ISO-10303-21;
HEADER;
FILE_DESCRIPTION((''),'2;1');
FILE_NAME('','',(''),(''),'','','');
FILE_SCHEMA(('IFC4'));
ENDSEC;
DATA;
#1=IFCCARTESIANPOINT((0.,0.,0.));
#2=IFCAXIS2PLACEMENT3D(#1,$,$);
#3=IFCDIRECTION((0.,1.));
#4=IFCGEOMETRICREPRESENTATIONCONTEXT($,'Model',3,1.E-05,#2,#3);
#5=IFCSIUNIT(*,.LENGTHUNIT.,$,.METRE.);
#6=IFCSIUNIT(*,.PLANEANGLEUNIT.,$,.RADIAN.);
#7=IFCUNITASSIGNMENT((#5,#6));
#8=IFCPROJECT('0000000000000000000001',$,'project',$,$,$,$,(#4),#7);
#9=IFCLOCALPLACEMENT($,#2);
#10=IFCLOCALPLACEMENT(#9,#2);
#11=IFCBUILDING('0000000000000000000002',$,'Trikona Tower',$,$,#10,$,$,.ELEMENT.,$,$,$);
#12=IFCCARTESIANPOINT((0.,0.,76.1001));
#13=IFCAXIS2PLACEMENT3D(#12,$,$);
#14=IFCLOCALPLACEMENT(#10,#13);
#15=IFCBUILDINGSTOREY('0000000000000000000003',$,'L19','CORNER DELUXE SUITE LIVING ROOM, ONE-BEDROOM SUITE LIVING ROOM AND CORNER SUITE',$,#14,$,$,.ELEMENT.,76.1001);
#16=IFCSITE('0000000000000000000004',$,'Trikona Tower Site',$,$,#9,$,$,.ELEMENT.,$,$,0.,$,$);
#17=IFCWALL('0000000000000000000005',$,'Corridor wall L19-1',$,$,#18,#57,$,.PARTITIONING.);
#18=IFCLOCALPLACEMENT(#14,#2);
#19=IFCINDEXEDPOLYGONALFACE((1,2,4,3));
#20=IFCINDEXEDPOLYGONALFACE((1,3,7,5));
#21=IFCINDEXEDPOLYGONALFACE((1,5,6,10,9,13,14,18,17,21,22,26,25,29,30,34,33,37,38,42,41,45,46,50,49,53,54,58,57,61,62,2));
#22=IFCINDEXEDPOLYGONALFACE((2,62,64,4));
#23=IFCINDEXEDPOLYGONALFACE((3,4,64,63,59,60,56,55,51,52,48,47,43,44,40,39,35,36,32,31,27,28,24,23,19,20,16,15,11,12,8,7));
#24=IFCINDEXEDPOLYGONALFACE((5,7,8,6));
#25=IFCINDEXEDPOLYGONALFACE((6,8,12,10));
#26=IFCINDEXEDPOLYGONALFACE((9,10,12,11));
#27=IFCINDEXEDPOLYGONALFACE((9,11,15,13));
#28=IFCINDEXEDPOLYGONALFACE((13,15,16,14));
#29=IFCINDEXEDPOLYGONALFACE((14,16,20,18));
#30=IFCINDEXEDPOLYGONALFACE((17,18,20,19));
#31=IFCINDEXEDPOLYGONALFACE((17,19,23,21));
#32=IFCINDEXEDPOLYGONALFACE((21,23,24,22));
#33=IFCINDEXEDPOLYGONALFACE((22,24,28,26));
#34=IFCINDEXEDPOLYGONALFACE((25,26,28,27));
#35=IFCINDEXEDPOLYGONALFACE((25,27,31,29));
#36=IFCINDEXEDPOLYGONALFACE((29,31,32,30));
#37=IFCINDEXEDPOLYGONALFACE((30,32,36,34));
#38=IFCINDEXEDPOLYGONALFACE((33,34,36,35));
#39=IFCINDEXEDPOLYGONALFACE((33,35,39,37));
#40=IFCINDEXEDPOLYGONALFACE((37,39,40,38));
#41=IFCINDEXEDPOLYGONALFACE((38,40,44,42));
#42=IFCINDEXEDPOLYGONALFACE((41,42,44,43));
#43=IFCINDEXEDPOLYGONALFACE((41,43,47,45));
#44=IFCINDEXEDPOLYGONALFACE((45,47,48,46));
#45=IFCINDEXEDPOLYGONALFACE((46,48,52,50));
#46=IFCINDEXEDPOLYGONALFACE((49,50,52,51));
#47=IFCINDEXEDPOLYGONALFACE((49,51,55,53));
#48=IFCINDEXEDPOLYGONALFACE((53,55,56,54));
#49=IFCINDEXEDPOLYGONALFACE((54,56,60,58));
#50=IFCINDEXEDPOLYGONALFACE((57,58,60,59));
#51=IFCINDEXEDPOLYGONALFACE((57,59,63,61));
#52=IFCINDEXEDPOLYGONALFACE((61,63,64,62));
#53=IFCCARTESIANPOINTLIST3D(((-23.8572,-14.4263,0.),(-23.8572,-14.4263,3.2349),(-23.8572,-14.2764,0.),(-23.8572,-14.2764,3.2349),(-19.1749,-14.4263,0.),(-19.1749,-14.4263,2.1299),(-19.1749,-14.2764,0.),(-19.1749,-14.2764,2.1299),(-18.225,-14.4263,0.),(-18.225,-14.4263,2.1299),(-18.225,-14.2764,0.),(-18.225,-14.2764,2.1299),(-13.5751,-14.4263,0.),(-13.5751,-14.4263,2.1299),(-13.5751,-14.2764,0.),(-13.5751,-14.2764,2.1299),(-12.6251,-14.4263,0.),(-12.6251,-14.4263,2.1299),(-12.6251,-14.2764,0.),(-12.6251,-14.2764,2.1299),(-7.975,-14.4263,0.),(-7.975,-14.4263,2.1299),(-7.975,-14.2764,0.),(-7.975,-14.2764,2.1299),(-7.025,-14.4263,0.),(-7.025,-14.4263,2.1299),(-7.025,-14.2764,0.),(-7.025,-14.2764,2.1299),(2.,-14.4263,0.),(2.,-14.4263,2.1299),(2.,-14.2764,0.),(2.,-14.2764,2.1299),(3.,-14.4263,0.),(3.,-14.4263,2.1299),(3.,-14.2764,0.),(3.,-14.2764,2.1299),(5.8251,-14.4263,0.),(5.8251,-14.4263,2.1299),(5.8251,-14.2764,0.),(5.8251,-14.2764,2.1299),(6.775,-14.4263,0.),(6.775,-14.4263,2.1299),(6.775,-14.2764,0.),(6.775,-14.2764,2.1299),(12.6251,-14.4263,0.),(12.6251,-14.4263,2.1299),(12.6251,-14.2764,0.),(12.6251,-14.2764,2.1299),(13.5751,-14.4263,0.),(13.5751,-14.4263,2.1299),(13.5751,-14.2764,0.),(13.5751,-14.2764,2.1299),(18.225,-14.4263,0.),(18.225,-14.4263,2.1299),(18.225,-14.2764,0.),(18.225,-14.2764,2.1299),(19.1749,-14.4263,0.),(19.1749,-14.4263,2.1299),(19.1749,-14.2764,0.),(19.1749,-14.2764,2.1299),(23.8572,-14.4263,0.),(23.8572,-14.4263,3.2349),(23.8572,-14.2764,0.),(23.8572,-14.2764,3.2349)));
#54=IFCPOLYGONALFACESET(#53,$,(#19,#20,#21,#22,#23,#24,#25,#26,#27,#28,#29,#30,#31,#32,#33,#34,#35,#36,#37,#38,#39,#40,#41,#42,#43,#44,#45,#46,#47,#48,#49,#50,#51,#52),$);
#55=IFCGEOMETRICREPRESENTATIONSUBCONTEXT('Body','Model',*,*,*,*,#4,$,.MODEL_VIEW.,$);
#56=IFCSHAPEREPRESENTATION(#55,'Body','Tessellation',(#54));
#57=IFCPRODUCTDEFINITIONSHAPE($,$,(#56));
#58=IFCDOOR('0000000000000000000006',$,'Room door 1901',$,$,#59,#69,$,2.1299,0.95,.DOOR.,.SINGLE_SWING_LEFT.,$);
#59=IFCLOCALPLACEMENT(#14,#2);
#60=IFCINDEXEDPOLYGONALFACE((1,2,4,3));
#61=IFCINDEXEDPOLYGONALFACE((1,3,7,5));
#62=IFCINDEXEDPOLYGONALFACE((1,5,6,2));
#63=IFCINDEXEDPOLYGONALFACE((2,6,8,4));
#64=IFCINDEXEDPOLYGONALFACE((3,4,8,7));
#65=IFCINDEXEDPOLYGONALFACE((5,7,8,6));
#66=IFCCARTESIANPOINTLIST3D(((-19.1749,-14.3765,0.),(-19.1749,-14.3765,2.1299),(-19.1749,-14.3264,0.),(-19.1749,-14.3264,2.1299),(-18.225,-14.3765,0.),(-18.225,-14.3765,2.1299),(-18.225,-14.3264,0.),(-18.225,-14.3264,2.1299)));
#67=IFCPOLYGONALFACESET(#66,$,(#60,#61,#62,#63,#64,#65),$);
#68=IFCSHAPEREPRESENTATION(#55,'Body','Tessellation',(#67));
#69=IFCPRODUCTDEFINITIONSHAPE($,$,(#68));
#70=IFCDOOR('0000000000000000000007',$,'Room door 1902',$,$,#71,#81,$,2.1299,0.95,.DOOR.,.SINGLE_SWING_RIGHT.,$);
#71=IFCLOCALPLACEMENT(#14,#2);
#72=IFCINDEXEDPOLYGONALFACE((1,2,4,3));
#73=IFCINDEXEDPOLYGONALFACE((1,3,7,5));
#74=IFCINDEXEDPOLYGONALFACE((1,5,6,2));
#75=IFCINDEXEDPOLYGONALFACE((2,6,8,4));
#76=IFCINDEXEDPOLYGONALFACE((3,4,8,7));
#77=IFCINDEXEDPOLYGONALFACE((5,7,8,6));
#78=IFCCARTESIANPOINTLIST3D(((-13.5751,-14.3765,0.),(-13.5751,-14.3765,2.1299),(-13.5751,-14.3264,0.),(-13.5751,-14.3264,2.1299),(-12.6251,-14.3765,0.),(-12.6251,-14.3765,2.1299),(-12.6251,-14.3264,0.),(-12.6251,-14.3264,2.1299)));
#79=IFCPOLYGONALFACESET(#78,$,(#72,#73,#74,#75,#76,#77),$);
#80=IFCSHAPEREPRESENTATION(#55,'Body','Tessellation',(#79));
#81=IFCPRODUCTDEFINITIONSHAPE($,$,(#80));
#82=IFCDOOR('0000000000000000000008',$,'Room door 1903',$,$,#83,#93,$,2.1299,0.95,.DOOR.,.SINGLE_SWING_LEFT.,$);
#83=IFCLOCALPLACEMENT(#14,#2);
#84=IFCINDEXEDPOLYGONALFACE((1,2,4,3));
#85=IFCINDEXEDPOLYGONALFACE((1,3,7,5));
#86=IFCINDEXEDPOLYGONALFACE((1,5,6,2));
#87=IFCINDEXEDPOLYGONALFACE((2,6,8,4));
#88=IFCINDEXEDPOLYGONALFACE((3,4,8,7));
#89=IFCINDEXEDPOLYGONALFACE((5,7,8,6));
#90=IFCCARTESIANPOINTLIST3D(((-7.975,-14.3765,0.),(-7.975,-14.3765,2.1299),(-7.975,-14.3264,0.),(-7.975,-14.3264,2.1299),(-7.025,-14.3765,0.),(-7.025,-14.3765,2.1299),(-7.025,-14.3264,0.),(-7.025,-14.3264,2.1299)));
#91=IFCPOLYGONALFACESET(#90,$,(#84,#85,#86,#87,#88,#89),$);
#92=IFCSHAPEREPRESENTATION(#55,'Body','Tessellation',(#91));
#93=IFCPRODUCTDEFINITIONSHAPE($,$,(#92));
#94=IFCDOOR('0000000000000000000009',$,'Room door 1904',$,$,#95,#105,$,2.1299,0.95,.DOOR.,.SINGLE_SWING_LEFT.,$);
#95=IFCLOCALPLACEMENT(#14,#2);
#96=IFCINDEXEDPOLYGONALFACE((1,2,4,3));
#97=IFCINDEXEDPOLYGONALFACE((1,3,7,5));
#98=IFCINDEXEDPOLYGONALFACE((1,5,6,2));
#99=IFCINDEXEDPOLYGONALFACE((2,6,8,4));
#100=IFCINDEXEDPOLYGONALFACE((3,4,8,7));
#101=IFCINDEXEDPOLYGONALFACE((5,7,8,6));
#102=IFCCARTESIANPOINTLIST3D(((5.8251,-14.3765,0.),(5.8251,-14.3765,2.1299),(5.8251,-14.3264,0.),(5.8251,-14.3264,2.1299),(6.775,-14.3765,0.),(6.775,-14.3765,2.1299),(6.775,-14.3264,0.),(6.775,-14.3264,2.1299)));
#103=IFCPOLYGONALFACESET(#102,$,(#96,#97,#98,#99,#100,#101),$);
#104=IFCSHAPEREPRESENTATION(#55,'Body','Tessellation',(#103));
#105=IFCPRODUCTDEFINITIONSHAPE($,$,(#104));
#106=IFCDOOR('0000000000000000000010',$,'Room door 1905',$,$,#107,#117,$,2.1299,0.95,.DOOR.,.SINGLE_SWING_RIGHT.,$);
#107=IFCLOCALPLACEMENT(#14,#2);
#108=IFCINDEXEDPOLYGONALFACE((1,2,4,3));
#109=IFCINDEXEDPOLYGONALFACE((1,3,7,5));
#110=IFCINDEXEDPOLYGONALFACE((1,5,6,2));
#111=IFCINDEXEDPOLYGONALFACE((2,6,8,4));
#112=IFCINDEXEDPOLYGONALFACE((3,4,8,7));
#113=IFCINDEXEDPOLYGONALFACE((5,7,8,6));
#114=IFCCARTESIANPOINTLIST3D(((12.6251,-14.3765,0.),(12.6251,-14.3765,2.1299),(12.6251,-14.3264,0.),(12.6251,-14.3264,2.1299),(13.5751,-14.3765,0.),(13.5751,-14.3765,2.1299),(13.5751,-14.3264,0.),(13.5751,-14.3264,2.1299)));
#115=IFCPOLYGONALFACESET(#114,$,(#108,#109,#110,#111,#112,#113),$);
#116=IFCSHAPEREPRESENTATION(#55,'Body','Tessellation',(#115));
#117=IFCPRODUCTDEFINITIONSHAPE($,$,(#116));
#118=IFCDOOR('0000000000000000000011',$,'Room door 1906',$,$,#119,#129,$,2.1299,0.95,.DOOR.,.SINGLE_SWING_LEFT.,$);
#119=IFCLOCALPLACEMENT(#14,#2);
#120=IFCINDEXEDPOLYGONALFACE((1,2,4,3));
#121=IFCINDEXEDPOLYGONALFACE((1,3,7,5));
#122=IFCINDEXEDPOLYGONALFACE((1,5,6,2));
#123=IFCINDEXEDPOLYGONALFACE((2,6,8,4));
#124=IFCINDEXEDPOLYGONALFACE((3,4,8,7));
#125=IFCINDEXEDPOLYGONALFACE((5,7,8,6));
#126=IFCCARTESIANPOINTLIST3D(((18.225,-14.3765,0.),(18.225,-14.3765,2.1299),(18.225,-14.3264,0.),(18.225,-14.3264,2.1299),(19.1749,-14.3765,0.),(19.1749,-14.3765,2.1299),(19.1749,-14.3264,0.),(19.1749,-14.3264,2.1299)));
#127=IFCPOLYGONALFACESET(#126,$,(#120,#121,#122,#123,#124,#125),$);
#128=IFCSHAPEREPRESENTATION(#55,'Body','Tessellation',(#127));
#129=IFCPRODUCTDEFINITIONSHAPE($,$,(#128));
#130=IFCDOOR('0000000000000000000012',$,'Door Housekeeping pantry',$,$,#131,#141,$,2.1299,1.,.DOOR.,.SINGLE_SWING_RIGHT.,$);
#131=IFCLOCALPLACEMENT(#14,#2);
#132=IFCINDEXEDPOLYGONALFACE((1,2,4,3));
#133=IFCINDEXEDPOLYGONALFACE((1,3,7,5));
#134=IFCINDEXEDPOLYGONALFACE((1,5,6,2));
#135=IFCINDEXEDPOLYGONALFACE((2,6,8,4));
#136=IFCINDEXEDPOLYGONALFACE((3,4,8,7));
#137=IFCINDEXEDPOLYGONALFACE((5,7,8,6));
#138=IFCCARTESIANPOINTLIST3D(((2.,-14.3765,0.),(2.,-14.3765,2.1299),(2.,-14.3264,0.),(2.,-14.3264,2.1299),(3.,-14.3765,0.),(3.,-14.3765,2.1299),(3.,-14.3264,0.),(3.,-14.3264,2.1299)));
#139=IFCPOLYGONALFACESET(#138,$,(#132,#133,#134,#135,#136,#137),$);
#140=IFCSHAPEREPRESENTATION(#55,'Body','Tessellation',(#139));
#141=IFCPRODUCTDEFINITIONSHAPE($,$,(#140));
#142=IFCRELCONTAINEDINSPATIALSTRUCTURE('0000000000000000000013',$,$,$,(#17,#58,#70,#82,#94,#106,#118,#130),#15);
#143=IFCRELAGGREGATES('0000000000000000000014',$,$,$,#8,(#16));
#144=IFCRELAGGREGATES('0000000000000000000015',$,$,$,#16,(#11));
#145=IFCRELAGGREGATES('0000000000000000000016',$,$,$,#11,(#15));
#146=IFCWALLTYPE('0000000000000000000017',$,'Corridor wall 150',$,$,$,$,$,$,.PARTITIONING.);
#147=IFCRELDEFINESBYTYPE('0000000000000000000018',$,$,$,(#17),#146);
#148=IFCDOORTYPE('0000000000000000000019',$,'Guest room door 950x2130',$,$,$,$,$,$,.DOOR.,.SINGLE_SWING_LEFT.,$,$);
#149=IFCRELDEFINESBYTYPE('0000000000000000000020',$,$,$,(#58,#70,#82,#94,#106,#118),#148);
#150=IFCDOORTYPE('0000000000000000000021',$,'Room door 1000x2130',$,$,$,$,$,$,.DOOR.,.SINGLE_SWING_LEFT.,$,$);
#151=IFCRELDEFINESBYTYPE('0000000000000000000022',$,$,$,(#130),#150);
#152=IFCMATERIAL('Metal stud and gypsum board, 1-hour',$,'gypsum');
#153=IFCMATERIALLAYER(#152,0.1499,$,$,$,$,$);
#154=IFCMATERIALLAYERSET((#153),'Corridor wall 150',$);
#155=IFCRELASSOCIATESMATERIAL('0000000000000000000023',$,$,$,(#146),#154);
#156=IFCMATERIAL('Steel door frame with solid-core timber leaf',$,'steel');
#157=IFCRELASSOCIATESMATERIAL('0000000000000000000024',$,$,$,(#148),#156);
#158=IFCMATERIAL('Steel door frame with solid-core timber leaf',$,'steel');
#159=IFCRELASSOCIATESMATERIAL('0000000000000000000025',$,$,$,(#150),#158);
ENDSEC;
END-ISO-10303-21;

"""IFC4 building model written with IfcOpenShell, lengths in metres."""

from ifc_helpers import new_model, si_unit, direction, frame, frame_2d, origin, place, context, subcontext, project, spatial, rectangle, extrude, material, layer, layer_set, type_object, element, fill, save


model = new_model("IFC4")

# Units and contexts
model_context = context("Model", 3, precision=1e-05, world=origin(), true_north=direction((0.0, 1.0)))
body_context = subcontext(model_context, "Body", "Model", "MODEL_VIEW")
ifc_project = project(units=[si_unit("LENGTHUNIT", "METRE"), si_unit("PLANEANGLEUNIT", "RADIAN")], contexts=[model_context])

# Site, building, storey
site_placement = place(None, origin())
site = spatial("IfcSite", under=ifc_project, at=site_placement, Name="Trikona Tower Site", CompositionType="ELEMENT", RefElevation=0.0)
building_placement = place(site_placement, origin())
building = spatial("IfcBuilding", under=site, at=building_placement, Name="Trikona Tower", CompositionType="ELEMENT")
storey_placement = place(building_placement, frame((0.0, 0.0, 76.1001)))
storey = spatial("IfcBuildingStorey", under=building, at=storey_placement, Name="L19", Description="CORNER DELUXE SUITE LIVING ROOM, ONE-BEDROOM SUITE LIVING ROOM AND CORNER SUITE", CompositionType="ELEMENT", Elevation=76.1001)

# Wall, openings, doors
ifc_material_1 = material(Name="Metal stud and gypsum board, 1-hour", Category="gypsum")
ifc_layer_1 = layer(ifc_material_1, 0.1499)
ifc_layer_set_1 = layer_set([ifc_layer_1], Name="Corridor wall 150")
wall_type_1 = type_object("IfcWallType", Name="Corridor wall 150", PredefinedType="PARTITIONING", material=ifc_layer_set_1)
wall_1_placement = place(storey_placement, frame((-23.8572, -14.3513, 0.0), z_axis=(0.0, 0.0, 1.0), x_axis=(1.0, 0.0, 0.0)))
wall_1 = element("IfcWall", 1, at=wall_1_placement, inside=storey, type_object=wall_type_1, Name="Corridor wall L19-1", PredefinedType="PARTITIONING", context=body_context, shape_type="SweptSolid", body=[
    extrude(rectangle(XDim=47.7144, YDim=0.1499, at=frame_2d((23.8572, 0.0))), origin(), (0.0, 0.0, 1.0), 3.2349),
])
opening_1_placement = place(wall_1_placement, frame((4.6821, 0.0, 0.0)))
opening_1 = element("IfcOpeningElement", 2, at=opening_1_placement, cuts=wall_1, PredefinedType="OPENING", context=body_context, shape_type="SweptSolid", body=[
    extrude(rectangle(XDim=0.95, YDim=2.1299, at=frame_2d((0.4751, 1.0649))), frame((0.0, 0.085, 0.0), z_axis=(0.0, -1.0, 0.0), x_axis=(1.0, 0.0, 0.0)), (0.0, 0.0, 1.0), 0.1699),
])
opening_2_placement = place(wall_1_placement, frame((10.282, 0.0, 0.0)))
opening_2 = element("IfcOpeningElement", 3, at=opening_2_placement, cuts=wall_1, PredefinedType="OPENING", context=body_context, shape_type="SweptSolid", body=[
    extrude(rectangle(XDim=0.95, YDim=2.1299, at=frame_2d((0.4751, 1.0649))), frame((0.0, 0.085, 0.0), z_axis=(0.0, -1.0, 0.0), x_axis=(1.0, 0.0, 0.0)), (0.0, 0.0, 1.0), 0.1699),
])
opening_3_placement = place(wall_1_placement, frame((15.8821, 0.0, 0.0)))
opening_3 = element("IfcOpeningElement", 4, at=opening_3_placement, cuts=wall_1, PredefinedType="OPENING", context=body_context, shape_type="SweptSolid", body=[
    extrude(rectangle(XDim=0.95, YDim=2.1299, at=frame_2d((0.4751, 1.0649))), frame((0.0, 0.085, 0.0), z_axis=(0.0, -1.0, 0.0), x_axis=(1.0, 0.0, 0.0)), (0.0, 0.0, 1.0), 0.1699),
])
opening_4_placement = place(wall_1_placement, frame((25.8572, 0.0, 0.0)))
opening_4 = element("IfcOpeningElement", 5, at=opening_4_placement, cuts=wall_1, PredefinedType="OPENING", context=body_context, shape_type="SweptSolid", body=[
    extrude(rectangle(XDim=1.0, YDim=2.1299, at=frame_2d((0.5, 1.0649))), frame((0.0, 0.085, 0.0), z_axis=(0.0, -1.0, 0.0), x_axis=(1.0, 0.0, 0.0)), (0.0, 0.0, 1.0), 0.1699),
])
opening_5_placement = place(wall_1_placement, frame((29.6821, 0.0, 0.0)))
opening_5 = element("IfcOpeningElement", 6, at=opening_5_placement, cuts=wall_1, PredefinedType="OPENING", context=body_context, shape_type="SweptSolid", body=[
    extrude(rectangle(XDim=0.95, YDim=2.1299, at=frame_2d((0.4751, 1.0649))), frame((0.0, 0.085, 0.0), z_axis=(0.0, -1.0, 0.0), x_axis=(1.0, 0.0, 0.0)), (0.0, 0.0, 1.0), 0.1699),
])
opening_6_placement = place(wall_1_placement, frame((36.4822, 0.0, 0.0)))
opening_6 = element("IfcOpeningElement", 7, at=opening_6_placement, cuts=wall_1, PredefinedType="OPENING", context=body_context, shape_type="SweptSolid", body=[
    extrude(rectangle(XDim=0.95, YDim=2.1299, at=frame_2d((0.4751, 1.0649))), frame((0.0, 0.085, 0.0), z_axis=(0.0, -1.0, 0.0), x_axis=(1.0, 0.0, 0.0)), (0.0, 0.0, 1.0), 0.1699),
])
opening_7_placement = place(wall_1_placement, frame((42.082, 0.0, 0.0)))
opening_7 = element("IfcOpeningElement", 8, at=opening_7_placement, cuts=wall_1, PredefinedType="OPENING", context=body_context, shape_type="SweptSolid", body=[
    extrude(rectangle(XDim=0.95, YDim=2.1299, at=frame_2d((0.4751, 1.0649))), frame((0.0, 0.085, 0.0), z_axis=(0.0, -1.0, 0.0), x_axis=(1.0, 0.0, 0.0)), (0.0, 0.0, 1.0), 0.1699),
])
ifc_material_2 = material(Name="Steel door frame with solid-core timber leaf", Category="steel")
door_type_1 = type_object("IfcDoorType", Name="Guest room door 950x2130", OperationType="SINGLE_SWING_LEFT", PredefinedType="DOOR", material=ifc_material_2)
door_1_placement = place(opening_1_placement, origin())
door_1 = element("IfcDoor", 9, at=door_1_placement, inside=storey, type_object=door_type_1, Name="Room door 1901", OperationType="SINGLE_SWING_LEFT", OverallHeight=2.1299, OverallWidth=0.95, PredefinedType="DOOR", context=body_context, shape_type="SweptSolid", body=[
    extrude(rectangle(XDim=0.95, YDim=2.1299, at=frame_2d((0.4751, 1.0649))), frame((0.0, 0.0249, 0.0), z_axis=(0.0, -1.0, 0.0), x_axis=(1.0, 0.0, 0.0)), (0.0, 0.0, 1.0), 0.05),
])
fill(opening_1, door_1)
door_2_placement = place(opening_2_placement, origin())
door_2 = element("IfcDoor", 10, at=door_2_placement, inside=storey, type_object=door_type_1, Name="Room door 1902", OperationType="SINGLE_SWING_RIGHT", OverallHeight=2.1299, OverallWidth=0.95, PredefinedType="DOOR", context=body_context, shape_type="SweptSolid", body=[
    extrude(rectangle(XDim=0.95, YDim=2.1299, at=frame_2d((0.4751, 1.0649))), frame((0.0, 0.0249, 0.0), z_axis=(0.0, -1.0, 0.0), x_axis=(1.0, 0.0, 0.0)), (0.0, 0.0, 1.0), 0.05),
])
fill(opening_2, door_2)
door_3_placement = place(opening_3_placement, origin())
door_3 = element("IfcDoor", 11, at=door_3_placement, inside=storey, type_object=door_type_1, Name="Room door 1903", OperationType="SINGLE_SWING_LEFT", OverallHeight=2.1299, OverallWidth=0.95, PredefinedType="DOOR", context=body_context, shape_type="SweptSolid", body=[
    extrude(rectangle(XDim=0.95, YDim=2.1299, at=frame_2d((0.4751, 1.0649))), frame((0.0, 0.0249, 0.0), z_axis=(0.0, -1.0, 0.0), x_axis=(1.0, 0.0, 0.0)), (0.0, 0.0, 1.0), 0.05),
])
fill(opening_3, door_3)
door_4_placement = place(opening_5_placement, origin())
door_4 = element("IfcDoor", 12, at=door_4_placement, inside=storey, type_object=door_type_1, Name="Room door 1904", OperationType="SINGLE_SWING_LEFT", OverallHeight=2.1299, OverallWidth=0.95, PredefinedType="DOOR", context=body_context, shape_type="SweptSolid", body=[
    extrude(rectangle(XDim=0.95, YDim=2.1299, at=frame_2d((0.4751, 1.0649))), frame((0.0, 0.0249, 0.0), z_axis=(0.0, -1.0, 0.0), x_axis=(1.0, 0.0, 0.0)), (0.0, 0.0, 1.0), 0.05),
])
fill(opening_5, door_4)
door_5_placement = place(opening_6_placement, origin())
door_5 = element("IfcDoor", 13, at=door_5_placement, inside=storey, type_object=door_type_1, Name="Room door 1905", OperationType="SINGLE_SWING_RIGHT", OverallHeight=2.1299, OverallWidth=0.95, PredefinedType="DOOR", context=body_context, shape_type="SweptSolid", body=[
    extrude(rectangle(XDim=0.95, YDim=2.1299, at=frame_2d((0.4751, 1.0649))), frame((0.0, 0.0249, 0.0), z_axis=(0.0, -1.0, 0.0), x_axis=(1.0, 0.0, 0.0)), (0.0, 0.0, 1.0), 0.05),
])
fill(opening_6, door_5)
door_6_placement = place(opening_7_placement, origin())
door_6 = element("IfcDoor", 14, at=door_6_placement, inside=storey, type_object=door_type_1, Name="Room door 1906", OperationType="SINGLE_SWING_LEFT", OverallHeight=2.1299, OverallWidth=0.95, PredefinedType="DOOR", context=body_context, shape_type="SweptSolid", body=[
    extrude(rectangle(XDim=0.95, YDim=2.1299, at=frame_2d((0.4751, 1.0649))), frame((0.0, 0.0249, 0.0), z_axis=(0.0, -1.0, 0.0), x_axis=(1.0, 0.0, 0.0)), (0.0, 0.0, 1.0), 0.05),
])
fill(opening_7, door_6)
ifc_material_3 = material(Name="Steel door frame with solid-core timber leaf", Category="steel")
door_type_2 = type_object("IfcDoorType", Name="Room door 1000x2130", OperationType="SINGLE_SWING_LEFT", PredefinedType="DOOR", material=ifc_material_3)
door_7_placement = place(opening_4_placement, origin())
door_7 = element("IfcDoor", 15, at=door_7_placement, inside=storey, type_object=door_type_2, Name="Door Housekeeping pantry", OperationType="SINGLE_SWING_RIGHT", OverallHeight=2.1299, OverallWidth=1.0, PredefinedType="DOOR", context=body_context, shape_type="SweptSolid", body=[
    extrude(rectangle(XDim=1.0, YDim=2.1299, at=frame_2d((0.5, 1.0649))), frame((0.0, 0.0249, 0.0), z_axis=(0.0, -1.0, 0.0), x_axis=(1.0, 0.0, 0.0)), (0.0, 0.0, 1.0), 0.05),
])
fill(opening_4, door_7)

save(model, "model.ifc")
